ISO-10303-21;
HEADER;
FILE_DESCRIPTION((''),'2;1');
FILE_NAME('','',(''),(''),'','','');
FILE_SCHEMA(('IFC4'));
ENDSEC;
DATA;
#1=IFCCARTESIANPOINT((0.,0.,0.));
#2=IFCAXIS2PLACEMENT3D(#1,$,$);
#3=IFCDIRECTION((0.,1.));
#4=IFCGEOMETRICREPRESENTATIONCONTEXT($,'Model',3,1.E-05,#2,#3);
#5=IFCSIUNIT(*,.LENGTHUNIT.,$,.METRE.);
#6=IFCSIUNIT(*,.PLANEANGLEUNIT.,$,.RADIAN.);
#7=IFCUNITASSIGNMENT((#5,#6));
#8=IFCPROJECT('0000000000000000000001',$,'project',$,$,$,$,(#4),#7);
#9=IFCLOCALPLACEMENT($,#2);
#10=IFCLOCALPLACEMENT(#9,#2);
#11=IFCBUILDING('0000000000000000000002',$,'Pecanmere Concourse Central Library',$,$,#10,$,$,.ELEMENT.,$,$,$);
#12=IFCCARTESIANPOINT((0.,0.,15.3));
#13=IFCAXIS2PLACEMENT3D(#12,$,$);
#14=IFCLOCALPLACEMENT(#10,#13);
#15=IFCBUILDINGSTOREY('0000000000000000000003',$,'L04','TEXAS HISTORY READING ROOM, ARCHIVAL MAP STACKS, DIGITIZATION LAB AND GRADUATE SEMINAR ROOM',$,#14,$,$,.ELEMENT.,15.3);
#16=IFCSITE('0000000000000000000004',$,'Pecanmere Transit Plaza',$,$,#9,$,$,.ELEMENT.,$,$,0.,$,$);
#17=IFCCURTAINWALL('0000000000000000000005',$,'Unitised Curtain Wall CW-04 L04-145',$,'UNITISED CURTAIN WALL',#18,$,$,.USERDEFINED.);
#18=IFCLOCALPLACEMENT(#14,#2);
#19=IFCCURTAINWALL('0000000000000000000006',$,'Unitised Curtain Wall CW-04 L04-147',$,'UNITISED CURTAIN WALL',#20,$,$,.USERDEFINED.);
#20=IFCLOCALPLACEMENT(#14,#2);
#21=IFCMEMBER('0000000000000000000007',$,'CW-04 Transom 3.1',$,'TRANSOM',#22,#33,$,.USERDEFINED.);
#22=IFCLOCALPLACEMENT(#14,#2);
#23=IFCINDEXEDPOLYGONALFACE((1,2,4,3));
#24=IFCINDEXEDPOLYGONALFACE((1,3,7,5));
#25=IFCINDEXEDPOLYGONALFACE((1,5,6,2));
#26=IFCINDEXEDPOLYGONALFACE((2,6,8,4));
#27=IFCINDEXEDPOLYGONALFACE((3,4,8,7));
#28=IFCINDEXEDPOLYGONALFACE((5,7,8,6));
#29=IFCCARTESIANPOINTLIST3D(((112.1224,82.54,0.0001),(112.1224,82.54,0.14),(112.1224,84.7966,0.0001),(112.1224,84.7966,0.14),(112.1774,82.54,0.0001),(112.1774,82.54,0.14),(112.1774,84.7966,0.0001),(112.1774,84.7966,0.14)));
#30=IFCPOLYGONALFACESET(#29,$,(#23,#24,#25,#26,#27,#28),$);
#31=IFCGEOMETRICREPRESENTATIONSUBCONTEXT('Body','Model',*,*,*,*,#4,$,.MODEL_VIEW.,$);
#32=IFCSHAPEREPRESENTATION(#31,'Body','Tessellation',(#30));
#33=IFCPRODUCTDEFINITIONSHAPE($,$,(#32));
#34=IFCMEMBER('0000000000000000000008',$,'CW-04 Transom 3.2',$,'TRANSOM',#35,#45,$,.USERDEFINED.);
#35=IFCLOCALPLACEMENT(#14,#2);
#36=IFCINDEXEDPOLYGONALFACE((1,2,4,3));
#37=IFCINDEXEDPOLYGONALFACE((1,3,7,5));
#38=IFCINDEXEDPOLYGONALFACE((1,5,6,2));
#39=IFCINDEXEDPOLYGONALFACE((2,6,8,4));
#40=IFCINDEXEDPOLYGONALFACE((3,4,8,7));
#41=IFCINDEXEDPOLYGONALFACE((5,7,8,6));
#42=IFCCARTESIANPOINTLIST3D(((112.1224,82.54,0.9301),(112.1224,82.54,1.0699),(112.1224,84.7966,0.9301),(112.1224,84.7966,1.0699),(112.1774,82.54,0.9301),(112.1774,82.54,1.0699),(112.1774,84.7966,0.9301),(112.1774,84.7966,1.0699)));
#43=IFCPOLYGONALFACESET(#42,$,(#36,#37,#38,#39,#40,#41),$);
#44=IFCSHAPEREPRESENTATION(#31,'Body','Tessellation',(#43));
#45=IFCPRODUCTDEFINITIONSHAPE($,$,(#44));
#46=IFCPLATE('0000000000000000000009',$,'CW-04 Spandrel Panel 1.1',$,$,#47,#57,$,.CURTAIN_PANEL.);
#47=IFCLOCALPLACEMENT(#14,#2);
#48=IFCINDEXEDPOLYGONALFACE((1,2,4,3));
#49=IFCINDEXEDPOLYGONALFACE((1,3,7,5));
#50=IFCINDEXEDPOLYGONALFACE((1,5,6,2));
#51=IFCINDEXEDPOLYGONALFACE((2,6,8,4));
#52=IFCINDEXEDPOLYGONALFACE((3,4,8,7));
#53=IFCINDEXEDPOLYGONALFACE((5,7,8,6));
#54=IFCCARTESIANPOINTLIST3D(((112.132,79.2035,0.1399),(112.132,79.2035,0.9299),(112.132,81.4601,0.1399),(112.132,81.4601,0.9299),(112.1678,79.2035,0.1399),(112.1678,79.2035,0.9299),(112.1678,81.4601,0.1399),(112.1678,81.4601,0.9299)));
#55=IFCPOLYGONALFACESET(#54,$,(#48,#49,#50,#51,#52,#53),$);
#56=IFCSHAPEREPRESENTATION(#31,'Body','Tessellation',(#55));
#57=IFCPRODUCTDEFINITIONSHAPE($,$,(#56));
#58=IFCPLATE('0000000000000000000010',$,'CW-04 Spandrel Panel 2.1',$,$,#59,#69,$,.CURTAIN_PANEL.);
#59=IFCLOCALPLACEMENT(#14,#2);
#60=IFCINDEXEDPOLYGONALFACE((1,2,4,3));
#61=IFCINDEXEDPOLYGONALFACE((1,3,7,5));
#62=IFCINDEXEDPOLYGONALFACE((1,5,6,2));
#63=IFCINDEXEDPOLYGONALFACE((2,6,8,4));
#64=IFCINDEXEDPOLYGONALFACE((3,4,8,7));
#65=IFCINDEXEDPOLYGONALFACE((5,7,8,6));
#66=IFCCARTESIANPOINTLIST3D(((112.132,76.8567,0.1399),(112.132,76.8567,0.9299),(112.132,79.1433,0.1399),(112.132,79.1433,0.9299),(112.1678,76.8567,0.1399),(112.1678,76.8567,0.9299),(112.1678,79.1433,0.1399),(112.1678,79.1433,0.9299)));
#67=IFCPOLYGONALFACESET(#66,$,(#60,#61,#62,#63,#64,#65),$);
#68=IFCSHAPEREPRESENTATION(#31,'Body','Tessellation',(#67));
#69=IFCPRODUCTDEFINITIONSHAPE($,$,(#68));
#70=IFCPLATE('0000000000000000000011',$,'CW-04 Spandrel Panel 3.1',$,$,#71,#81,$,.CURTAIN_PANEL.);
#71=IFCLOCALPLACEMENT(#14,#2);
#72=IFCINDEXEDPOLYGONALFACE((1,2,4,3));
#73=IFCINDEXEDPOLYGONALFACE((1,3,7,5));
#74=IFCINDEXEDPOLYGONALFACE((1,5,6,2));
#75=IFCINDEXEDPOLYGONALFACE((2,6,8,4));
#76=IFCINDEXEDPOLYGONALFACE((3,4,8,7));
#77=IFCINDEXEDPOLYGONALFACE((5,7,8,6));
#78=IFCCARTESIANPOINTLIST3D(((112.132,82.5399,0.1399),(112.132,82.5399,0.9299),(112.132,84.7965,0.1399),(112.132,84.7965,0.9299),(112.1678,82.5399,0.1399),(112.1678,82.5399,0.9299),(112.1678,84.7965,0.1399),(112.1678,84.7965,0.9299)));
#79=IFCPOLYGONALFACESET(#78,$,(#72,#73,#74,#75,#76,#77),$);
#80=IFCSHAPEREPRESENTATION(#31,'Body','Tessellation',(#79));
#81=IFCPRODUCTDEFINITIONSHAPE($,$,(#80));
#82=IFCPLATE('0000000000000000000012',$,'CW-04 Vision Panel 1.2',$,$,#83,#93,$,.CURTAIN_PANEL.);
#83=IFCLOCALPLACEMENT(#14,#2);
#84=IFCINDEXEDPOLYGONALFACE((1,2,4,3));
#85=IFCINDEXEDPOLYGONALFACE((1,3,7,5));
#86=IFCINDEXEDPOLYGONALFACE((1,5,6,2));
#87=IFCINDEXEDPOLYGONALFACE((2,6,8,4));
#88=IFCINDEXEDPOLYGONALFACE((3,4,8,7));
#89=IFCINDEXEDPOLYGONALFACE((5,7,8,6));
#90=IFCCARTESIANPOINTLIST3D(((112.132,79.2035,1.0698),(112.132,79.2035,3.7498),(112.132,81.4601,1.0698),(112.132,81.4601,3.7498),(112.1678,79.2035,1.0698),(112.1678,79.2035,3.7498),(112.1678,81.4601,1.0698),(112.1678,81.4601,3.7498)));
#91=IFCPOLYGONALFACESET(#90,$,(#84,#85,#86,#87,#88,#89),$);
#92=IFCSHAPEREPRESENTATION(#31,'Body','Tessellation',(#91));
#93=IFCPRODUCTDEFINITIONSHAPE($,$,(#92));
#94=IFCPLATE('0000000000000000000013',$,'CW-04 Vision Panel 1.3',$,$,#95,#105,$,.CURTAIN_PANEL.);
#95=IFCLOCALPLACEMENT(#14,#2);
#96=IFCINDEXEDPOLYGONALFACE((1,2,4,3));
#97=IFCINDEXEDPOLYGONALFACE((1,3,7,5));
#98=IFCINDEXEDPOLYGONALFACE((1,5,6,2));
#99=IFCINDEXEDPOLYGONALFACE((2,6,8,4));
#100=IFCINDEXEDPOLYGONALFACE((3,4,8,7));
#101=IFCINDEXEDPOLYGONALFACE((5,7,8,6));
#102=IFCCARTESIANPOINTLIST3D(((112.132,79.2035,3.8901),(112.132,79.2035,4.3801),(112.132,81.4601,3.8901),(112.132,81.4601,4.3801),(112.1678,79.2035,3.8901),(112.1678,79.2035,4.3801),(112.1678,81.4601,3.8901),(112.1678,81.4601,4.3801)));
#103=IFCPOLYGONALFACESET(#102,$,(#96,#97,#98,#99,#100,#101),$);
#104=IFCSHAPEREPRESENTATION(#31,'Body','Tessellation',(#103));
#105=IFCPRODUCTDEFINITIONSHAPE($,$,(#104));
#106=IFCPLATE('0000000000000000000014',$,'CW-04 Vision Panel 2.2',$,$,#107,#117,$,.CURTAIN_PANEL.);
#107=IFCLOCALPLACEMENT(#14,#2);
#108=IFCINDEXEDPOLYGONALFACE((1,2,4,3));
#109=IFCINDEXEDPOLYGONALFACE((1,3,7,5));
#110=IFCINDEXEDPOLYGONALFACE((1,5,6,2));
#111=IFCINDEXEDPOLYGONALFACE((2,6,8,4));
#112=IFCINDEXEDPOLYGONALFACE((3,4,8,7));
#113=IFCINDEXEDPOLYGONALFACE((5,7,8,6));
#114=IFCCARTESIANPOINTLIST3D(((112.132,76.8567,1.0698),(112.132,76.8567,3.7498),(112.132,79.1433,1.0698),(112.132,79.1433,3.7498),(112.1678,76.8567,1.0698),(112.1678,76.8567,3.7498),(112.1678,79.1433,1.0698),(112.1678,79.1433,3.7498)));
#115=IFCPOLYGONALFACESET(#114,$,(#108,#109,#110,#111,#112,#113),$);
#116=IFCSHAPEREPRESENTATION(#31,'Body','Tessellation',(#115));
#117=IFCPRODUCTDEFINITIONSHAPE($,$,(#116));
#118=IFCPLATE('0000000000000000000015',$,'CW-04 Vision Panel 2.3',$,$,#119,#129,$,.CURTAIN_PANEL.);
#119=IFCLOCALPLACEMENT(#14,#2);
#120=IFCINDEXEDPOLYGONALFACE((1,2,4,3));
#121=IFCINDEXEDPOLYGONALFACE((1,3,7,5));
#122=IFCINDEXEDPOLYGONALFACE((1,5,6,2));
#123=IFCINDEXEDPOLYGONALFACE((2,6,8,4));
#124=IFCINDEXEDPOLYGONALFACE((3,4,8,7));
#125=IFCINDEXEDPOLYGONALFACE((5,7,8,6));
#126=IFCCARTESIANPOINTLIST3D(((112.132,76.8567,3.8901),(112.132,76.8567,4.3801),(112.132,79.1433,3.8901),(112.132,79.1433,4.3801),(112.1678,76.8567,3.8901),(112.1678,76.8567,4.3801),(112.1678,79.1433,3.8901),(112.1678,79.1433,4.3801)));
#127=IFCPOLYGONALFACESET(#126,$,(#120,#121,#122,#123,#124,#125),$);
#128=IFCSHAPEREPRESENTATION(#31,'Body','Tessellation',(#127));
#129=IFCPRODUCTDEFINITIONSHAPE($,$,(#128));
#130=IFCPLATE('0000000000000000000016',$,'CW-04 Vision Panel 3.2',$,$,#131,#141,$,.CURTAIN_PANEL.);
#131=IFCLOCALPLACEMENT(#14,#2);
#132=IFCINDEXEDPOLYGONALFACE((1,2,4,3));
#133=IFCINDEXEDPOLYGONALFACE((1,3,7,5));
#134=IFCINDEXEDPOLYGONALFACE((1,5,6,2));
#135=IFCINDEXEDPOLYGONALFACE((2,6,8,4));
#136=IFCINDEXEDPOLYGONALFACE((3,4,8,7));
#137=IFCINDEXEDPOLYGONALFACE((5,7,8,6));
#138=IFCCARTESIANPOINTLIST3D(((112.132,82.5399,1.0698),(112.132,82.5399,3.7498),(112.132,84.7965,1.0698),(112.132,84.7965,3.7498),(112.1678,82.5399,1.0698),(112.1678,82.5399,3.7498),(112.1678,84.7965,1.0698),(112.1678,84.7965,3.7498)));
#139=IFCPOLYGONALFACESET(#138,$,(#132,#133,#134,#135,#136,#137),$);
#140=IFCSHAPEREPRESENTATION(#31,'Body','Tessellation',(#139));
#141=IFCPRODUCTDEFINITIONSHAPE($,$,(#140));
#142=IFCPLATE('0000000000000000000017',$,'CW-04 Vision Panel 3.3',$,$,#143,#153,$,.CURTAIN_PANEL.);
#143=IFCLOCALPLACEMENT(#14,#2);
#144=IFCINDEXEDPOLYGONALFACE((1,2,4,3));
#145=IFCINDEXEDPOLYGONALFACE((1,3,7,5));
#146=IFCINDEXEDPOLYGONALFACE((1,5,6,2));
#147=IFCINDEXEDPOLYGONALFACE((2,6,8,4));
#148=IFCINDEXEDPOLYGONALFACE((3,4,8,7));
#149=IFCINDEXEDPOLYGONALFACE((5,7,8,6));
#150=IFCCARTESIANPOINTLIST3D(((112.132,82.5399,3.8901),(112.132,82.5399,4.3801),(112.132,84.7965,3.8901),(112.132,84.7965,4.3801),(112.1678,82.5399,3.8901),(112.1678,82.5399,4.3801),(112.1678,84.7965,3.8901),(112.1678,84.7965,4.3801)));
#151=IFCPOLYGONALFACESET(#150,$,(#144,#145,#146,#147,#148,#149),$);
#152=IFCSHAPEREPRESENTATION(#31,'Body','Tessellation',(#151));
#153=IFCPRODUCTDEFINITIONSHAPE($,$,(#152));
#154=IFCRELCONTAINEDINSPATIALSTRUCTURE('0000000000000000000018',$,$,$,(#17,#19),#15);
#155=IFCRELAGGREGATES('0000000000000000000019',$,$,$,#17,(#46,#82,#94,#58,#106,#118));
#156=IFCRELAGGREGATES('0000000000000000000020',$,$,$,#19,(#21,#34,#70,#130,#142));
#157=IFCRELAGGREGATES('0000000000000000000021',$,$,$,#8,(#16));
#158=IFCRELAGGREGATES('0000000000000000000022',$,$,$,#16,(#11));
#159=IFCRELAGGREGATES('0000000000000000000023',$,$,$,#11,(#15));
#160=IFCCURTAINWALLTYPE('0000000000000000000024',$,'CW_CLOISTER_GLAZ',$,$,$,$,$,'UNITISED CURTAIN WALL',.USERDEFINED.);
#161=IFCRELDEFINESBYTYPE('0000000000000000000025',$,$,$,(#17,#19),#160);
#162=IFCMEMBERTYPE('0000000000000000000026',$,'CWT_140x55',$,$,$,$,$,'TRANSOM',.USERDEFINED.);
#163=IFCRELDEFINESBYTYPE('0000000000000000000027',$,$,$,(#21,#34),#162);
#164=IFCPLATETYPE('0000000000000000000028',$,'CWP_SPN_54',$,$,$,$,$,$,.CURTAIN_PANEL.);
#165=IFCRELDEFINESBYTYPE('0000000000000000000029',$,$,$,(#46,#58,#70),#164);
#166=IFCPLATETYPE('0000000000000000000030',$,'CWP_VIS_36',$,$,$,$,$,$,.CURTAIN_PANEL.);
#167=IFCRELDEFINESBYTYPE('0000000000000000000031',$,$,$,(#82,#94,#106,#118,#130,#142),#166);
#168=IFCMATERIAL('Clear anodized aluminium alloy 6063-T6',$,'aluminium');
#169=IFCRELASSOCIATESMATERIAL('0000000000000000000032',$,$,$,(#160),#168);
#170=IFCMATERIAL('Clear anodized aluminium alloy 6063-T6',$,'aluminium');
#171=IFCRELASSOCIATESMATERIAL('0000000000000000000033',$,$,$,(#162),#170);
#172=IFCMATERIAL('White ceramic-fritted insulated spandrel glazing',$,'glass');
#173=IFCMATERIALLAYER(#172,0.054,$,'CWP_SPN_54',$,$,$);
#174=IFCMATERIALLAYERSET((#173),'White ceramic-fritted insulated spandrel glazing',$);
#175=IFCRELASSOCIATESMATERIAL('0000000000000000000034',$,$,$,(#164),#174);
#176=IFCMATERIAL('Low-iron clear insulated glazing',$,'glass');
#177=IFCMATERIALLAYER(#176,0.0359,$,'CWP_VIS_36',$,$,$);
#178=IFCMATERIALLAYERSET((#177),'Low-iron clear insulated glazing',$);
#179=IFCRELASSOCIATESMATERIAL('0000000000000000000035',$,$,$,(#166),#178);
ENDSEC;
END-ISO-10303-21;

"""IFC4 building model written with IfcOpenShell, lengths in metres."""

from ifc_helpers import new_model, si_unit, direction, frame, origin, origin_2d, place, context, subcontext, project, spatial, rectangle, extrude, material, layer, layer_set, material_profile, profile_set, type_object, element, aggregate, save


model = new_model("IFC4")

# Units and contexts
model_context = context("Model", 3, precision=1e-05, world=origin(), true_north=direction((0.0, 1.0)))
body_context = subcontext(model_context, "Body", "Model", "MODEL_VIEW")
ifc_project = project(units=[si_unit("LENGTHUNIT", "METRE"), si_unit("PLANEANGLEUNIT", "RADIAN")], contexts=[model_context])

# Site, building, storey
site_placement = place(None, origin())
site = spatial("IfcSite", under=ifc_project, at=site_placement, Name="Pecanmere Transit Plaza", CompositionType="ELEMENT", RefElevation=0.0)
building_placement = place(site_placement, origin())
building = spatial("IfcBuilding", under=site, at=building_placement, Name="Pecanmere Concourse Central Library", CompositionType="ELEMENT")
storey_placement = place(building_placement, frame((0.0, 0.0, 15.3)))
storey = spatial("IfcBuildingStorey", under=building, at=storey_placement, Name="L04", Description="TEXAS HISTORY READING ROOM, ARCHIVAL MAP STACKS, DIGITIZATION LAB AND GRADUATE SEMINAR ROOM", CompositionType="ELEMENT", Elevation=15.3)

# Curtain wall
ifc_material_1 = material(Name="Clear anodized aluminium alloy 6063-T6", Category="aluminium")
curtain_wall_type = type_object("IfcCurtainWallType", Name="CW_CLOISTER_GLAZ", ElementType="UNITISED CURTAIN WALL", PredefinedType="USERDEFINED", material=ifc_material_1)
curtain_wall_1_placement = place(storey_placement, origin())
curtain_wall_1 = element("IfcCurtainWall", 1, at=curtain_wall_1_placement, inside=storey, type_object=curtain_wall_type, Name="Unitised Curtain Wall CW-04 L04-145", ObjectType="UNITISED CURTAIN WALL", PredefinedType="USERDEFINED")

# Curtain wall
curtain_wall_2_placement = place(storey_placement, origin())
curtain_wall_2 = element("IfcCurtainWall", 2, at=curtain_wall_2_placement, inside=storey, type_object=curtain_wall_type, Name="Unitised Curtain Wall CW-04 L04-147", ObjectType="UNITISED CURTAIN WALL", PredefinedType="USERDEFINED")

# Members
ifc_material_2 = material(Name="Clear anodized aluminium alloy 6063-T6", Category="aluminium")
ifc_material_profile_1 = material_profile(ifc_material_2, rectangle(XDim=0.0549, YDim=0.1399, at=origin_2d()), Name="AL 55x140")
ifc_profile_set_1 = profile_set([ifc_material_profile_1], Name="Clear anodized aluminium alloy 6063-T6")
member_type_1 = type_object("IfcMemberType", Name="CWT_140x55", ElementType="TRANSOM", PredefinedType="USERDEFINED", material=ifc_profile_set_1)
member_1_placement = place(storey_placement, frame((112.1499, 84.7966, 0.0701), z_axis=(0.0, -1.0, 0.0), x_axis=(1.0, 0.0, 0.0)))
member_1 = element("IfcMember", 3, at=member_1_placement, type_object=member_type_1, Name="CW-04 Transom 3.1", ObjectType="TRANSOM", PredefinedType="USERDEFINED", context=body_context, shape_type="SweptSolid", body=[
    extrude(rectangle(XDim=0.0549, YDim=0.1399, at=origin_2d()), origin(), (0.0, 0.0, 1.0), 2.2566),
])
member_2_placement = place(storey_placement, frame((112.1499, 84.7966, 1.0), z_axis=(0.0, -1.0, 0.0), x_axis=(1.0, 0.0, 0.0)))
member_2 = element("IfcMember", 4, at=member_2_placement, type_object=member_type_1, Name="CW-04 Transom 3.2", ObjectType="TRANSOM", PredefinedType="USERDEFINED", context=body_context, shape_type="SweptSolid", body=[
    extrude(rectangle(XDim=0.0549, YDim=0.1399, at=origin_2d()), origin(), (0.0, 0.0, 1.0), 2.2566),
])

# Plates
ifc_material_3 = material(Name="White ceramic-fritted insulated spandrel glazing", Category="glass")
ifc_layer_1 = layer(ifc_material_3, 0.054, Name="CWP_SPN_54")
ifc_layer_set_1 = layer_set([ifc_layer_1], Name="White ceramic-fritted insulated spandrel glazing")
plate_type_1 = type_object("IfcPlateType", Name="CWP_SPN_54", PredefinedType="CURTAIN_PANEL", material=ifc_layer_set_1)
plate_1_placement = place(storey_placement, frame((112.1499, 80.3318, 0.1399), z_axis=(0.0, 0.0, 1.0), x_axis=(0.0, -1.0, 0.0)))
plate_1 = element("IfcPlate", 5, at=plate_1_placement, type_object=plate_type_1, Name="CW-04 Spandrel Panel 1.1", PredefinedType="CURTAIN_PANEL", context=body_context, shape_type="SweptSolid", body=[
    extrude(rectangle(XDim=2.2566, YDim=0.0359, at=origin_2d()), origin(), (0.0, 0.0, 1.0), 0.79),
])
plate_2_placement = place(storey_placement, frame((112.1499, 78.0, 0.1399), z_axis=(0.0, 0.0, 1.0), x_axis=(0.0, -1.0, 0.0)))
plate_2 = element("IfcPlate", 6, at=plate_2_placement, type_object=plate_type_1, Name="CW-04 Spandrel Panel 2.1", PredefinedType="CURTAIN_PANEL", context=body_context, shape_type="SweptSolid", body=[
    extrude(rectangle(XDim=2.2866, YDim=0.0359, at=origin_2d()), origin(), (0.0, 0.0, 1.0), 0.79),
])
plate_3_placement = place(storey_placement, frame((112.1499, 83.6682, 0.1399), z_axis=(0.0, 0.0, 1.0), x_axis=(0.0, -1.0, 0.0)))
plate_3 = element("IfcPlate", 7, at=plate_3_placement, type_object=plate_type_1, Name="CW-04 Spandrel Panel 3.1", PredefinedType="CURTAIN_PANEL", context=body_context, shape_type="SweptSolid", body=[
    extrude(rectangle(XDim=2.2566, YDim=0.0359, at=origin_2d()), origin(), (0.0, 0.0, 1.0), 0.79),
])
ifc_material_4 = material(Name="Low-iron clear insulated glazing", Category="glass")
ifc_layer_2 = layer(ifc_material_4, 0.0359, Name="CWP_VIS_36")
ifc_layer_set_2 = layer_set([ifc_layer_2], Name="Low-iron clear insulated glazing")
plate_type_2 = type_object("IfcPlateType", Name="CWP_VIS_36", PredefinedType="CURTAIN_PANEL", material=ifc_layer_set_2)
plate_4_placement = place(storey_placement, frame((112.1499, 80.3318, 1.0698), z_axis=(0.0, 0.0, 1.0), x_axis=(0.0, -1.0, 0.0)))
plate_4 = element("IfcPlate", 8, at=plate_4_placement, type_object=plate_type_2, Name="CW-04 Vision Panel 1.2", PredefinedType="CURTAIN_PANEL", context=body_context, shape_type="SweptSolid", body=[
    extrude(rectangle(XDim=2.2566, YDim=0.0359, at=origin_2d()), origin(), (0.0, 0.0, 1.0), 2.6799),
])
plate_5_placement = place(storey_placement, frame((112.1499, 80.3318, 3.8901), z_axis=(0.0, 0.0, 1.0), x_axis=(0.0, -1.0, 0.0)))
plate_5 = element("IfcPlate", 9, at=plate_5_placement, type_object=plate_type_2, Name="CW-04 Vision Panel 1.3", PredefinedType="CURTAIN_PANEL", context=body_context, shape_type="SweptSolid", body=[
    extrude(rectangle(XDim=2.2566, YDim=0.0359, at=origin_2d()), origin(), (0.0, 0.0, 1.0), 0.49),
])
plate_6_placement = place(storey_placement, frame((112.1499, 78.0, 1.0698), z_axis=(0.0, 0.0, 1.0), x_axis=(0.0, -1.0, 0.0)))
plate_6 = element("IfcPlate", 10, at=plate_6_placement, type_object=plate_type_2, Name="CW-04 Vision Panel 2.2", PredefinedType="CURTAIN_PANEL", context=body_context, shape_type="SweptSolid", body=[
    extrude(rectangle(XDim=2.2866, YDim=0.0359, at=origin_2d()), origin(), (0.0, 0.0, 1.0), 2.6799),
])
plate_7_placement = place(storey_placement, frame((112.1499, 78.0, 3.8901), z_axis=(0.0, 0.0, 1.0), x_axis=(0.0, -1.0, 0.0)))
plate_7 = element("IfcPlate", 11, at=plate_7_placement, type_object=plate_type_2, Name="CW-04 Vision Panel 2.3", PredefinedType="CURTAIN_PANEL", context=body_context, shape_type="SweptSolid", body=[
    extrude(rectangle(XDim=2.2866, YDim=0.0359, at=origin_2d()), origin(), (0.0, 0.0, 1.0), 0.49),
])
aggregate(curtain_wall_1, [plate_1, plate_4, plate_5, plate_2, plate_6, plate_7])
plate_8_placement = place(storey_placement, frame((112.1499, 83.6682, 1.0698), z_axis=(0.0, 0.0, 1.0), x_axis=(0.0, -1.0, 0.0)))
plate_8 = element("IfcPlate", 12, at=plate_8_placement, type_object=plate_type_2, Name="CW-04 Vision Panel 3.2", PredefinedType="CURTAIN_PANEL", context=body_context, shape_type="SweptSolid", body=[
    extrude(rectangle(XDim=2.2566, YDim=0.0359, at=origin_2d()), origin(), (0.0, 0.0, 1.0), 2.6799),
])
plate_9_placement = place(storey_placement, frame((112.1499, 83.6682, 3.8901), z_axis=(0.0, 0.0, 1.0), x_axis=(0.0, -1.0, 0.0)))
plate_9 = element("IfcPlate", 13, at=plate_9_placement, type_object=plate_type_2, Name="CW-04 Vision Panel 3.3", PredefinedType="CURTAIN_PANEL", context=body_context, shape_type="SweptSolid", body=[
    extrude(rectangle(XDim=2.2566, YDim=0.0359, at=origin_2d()), origin(), (0.0, 0.0, 1.0), 0.49),
])
aggregate(curtain_wall_2, [member_1, member_2, plate_3, plate_8, plate_9])

save(model, "model.ifc")
